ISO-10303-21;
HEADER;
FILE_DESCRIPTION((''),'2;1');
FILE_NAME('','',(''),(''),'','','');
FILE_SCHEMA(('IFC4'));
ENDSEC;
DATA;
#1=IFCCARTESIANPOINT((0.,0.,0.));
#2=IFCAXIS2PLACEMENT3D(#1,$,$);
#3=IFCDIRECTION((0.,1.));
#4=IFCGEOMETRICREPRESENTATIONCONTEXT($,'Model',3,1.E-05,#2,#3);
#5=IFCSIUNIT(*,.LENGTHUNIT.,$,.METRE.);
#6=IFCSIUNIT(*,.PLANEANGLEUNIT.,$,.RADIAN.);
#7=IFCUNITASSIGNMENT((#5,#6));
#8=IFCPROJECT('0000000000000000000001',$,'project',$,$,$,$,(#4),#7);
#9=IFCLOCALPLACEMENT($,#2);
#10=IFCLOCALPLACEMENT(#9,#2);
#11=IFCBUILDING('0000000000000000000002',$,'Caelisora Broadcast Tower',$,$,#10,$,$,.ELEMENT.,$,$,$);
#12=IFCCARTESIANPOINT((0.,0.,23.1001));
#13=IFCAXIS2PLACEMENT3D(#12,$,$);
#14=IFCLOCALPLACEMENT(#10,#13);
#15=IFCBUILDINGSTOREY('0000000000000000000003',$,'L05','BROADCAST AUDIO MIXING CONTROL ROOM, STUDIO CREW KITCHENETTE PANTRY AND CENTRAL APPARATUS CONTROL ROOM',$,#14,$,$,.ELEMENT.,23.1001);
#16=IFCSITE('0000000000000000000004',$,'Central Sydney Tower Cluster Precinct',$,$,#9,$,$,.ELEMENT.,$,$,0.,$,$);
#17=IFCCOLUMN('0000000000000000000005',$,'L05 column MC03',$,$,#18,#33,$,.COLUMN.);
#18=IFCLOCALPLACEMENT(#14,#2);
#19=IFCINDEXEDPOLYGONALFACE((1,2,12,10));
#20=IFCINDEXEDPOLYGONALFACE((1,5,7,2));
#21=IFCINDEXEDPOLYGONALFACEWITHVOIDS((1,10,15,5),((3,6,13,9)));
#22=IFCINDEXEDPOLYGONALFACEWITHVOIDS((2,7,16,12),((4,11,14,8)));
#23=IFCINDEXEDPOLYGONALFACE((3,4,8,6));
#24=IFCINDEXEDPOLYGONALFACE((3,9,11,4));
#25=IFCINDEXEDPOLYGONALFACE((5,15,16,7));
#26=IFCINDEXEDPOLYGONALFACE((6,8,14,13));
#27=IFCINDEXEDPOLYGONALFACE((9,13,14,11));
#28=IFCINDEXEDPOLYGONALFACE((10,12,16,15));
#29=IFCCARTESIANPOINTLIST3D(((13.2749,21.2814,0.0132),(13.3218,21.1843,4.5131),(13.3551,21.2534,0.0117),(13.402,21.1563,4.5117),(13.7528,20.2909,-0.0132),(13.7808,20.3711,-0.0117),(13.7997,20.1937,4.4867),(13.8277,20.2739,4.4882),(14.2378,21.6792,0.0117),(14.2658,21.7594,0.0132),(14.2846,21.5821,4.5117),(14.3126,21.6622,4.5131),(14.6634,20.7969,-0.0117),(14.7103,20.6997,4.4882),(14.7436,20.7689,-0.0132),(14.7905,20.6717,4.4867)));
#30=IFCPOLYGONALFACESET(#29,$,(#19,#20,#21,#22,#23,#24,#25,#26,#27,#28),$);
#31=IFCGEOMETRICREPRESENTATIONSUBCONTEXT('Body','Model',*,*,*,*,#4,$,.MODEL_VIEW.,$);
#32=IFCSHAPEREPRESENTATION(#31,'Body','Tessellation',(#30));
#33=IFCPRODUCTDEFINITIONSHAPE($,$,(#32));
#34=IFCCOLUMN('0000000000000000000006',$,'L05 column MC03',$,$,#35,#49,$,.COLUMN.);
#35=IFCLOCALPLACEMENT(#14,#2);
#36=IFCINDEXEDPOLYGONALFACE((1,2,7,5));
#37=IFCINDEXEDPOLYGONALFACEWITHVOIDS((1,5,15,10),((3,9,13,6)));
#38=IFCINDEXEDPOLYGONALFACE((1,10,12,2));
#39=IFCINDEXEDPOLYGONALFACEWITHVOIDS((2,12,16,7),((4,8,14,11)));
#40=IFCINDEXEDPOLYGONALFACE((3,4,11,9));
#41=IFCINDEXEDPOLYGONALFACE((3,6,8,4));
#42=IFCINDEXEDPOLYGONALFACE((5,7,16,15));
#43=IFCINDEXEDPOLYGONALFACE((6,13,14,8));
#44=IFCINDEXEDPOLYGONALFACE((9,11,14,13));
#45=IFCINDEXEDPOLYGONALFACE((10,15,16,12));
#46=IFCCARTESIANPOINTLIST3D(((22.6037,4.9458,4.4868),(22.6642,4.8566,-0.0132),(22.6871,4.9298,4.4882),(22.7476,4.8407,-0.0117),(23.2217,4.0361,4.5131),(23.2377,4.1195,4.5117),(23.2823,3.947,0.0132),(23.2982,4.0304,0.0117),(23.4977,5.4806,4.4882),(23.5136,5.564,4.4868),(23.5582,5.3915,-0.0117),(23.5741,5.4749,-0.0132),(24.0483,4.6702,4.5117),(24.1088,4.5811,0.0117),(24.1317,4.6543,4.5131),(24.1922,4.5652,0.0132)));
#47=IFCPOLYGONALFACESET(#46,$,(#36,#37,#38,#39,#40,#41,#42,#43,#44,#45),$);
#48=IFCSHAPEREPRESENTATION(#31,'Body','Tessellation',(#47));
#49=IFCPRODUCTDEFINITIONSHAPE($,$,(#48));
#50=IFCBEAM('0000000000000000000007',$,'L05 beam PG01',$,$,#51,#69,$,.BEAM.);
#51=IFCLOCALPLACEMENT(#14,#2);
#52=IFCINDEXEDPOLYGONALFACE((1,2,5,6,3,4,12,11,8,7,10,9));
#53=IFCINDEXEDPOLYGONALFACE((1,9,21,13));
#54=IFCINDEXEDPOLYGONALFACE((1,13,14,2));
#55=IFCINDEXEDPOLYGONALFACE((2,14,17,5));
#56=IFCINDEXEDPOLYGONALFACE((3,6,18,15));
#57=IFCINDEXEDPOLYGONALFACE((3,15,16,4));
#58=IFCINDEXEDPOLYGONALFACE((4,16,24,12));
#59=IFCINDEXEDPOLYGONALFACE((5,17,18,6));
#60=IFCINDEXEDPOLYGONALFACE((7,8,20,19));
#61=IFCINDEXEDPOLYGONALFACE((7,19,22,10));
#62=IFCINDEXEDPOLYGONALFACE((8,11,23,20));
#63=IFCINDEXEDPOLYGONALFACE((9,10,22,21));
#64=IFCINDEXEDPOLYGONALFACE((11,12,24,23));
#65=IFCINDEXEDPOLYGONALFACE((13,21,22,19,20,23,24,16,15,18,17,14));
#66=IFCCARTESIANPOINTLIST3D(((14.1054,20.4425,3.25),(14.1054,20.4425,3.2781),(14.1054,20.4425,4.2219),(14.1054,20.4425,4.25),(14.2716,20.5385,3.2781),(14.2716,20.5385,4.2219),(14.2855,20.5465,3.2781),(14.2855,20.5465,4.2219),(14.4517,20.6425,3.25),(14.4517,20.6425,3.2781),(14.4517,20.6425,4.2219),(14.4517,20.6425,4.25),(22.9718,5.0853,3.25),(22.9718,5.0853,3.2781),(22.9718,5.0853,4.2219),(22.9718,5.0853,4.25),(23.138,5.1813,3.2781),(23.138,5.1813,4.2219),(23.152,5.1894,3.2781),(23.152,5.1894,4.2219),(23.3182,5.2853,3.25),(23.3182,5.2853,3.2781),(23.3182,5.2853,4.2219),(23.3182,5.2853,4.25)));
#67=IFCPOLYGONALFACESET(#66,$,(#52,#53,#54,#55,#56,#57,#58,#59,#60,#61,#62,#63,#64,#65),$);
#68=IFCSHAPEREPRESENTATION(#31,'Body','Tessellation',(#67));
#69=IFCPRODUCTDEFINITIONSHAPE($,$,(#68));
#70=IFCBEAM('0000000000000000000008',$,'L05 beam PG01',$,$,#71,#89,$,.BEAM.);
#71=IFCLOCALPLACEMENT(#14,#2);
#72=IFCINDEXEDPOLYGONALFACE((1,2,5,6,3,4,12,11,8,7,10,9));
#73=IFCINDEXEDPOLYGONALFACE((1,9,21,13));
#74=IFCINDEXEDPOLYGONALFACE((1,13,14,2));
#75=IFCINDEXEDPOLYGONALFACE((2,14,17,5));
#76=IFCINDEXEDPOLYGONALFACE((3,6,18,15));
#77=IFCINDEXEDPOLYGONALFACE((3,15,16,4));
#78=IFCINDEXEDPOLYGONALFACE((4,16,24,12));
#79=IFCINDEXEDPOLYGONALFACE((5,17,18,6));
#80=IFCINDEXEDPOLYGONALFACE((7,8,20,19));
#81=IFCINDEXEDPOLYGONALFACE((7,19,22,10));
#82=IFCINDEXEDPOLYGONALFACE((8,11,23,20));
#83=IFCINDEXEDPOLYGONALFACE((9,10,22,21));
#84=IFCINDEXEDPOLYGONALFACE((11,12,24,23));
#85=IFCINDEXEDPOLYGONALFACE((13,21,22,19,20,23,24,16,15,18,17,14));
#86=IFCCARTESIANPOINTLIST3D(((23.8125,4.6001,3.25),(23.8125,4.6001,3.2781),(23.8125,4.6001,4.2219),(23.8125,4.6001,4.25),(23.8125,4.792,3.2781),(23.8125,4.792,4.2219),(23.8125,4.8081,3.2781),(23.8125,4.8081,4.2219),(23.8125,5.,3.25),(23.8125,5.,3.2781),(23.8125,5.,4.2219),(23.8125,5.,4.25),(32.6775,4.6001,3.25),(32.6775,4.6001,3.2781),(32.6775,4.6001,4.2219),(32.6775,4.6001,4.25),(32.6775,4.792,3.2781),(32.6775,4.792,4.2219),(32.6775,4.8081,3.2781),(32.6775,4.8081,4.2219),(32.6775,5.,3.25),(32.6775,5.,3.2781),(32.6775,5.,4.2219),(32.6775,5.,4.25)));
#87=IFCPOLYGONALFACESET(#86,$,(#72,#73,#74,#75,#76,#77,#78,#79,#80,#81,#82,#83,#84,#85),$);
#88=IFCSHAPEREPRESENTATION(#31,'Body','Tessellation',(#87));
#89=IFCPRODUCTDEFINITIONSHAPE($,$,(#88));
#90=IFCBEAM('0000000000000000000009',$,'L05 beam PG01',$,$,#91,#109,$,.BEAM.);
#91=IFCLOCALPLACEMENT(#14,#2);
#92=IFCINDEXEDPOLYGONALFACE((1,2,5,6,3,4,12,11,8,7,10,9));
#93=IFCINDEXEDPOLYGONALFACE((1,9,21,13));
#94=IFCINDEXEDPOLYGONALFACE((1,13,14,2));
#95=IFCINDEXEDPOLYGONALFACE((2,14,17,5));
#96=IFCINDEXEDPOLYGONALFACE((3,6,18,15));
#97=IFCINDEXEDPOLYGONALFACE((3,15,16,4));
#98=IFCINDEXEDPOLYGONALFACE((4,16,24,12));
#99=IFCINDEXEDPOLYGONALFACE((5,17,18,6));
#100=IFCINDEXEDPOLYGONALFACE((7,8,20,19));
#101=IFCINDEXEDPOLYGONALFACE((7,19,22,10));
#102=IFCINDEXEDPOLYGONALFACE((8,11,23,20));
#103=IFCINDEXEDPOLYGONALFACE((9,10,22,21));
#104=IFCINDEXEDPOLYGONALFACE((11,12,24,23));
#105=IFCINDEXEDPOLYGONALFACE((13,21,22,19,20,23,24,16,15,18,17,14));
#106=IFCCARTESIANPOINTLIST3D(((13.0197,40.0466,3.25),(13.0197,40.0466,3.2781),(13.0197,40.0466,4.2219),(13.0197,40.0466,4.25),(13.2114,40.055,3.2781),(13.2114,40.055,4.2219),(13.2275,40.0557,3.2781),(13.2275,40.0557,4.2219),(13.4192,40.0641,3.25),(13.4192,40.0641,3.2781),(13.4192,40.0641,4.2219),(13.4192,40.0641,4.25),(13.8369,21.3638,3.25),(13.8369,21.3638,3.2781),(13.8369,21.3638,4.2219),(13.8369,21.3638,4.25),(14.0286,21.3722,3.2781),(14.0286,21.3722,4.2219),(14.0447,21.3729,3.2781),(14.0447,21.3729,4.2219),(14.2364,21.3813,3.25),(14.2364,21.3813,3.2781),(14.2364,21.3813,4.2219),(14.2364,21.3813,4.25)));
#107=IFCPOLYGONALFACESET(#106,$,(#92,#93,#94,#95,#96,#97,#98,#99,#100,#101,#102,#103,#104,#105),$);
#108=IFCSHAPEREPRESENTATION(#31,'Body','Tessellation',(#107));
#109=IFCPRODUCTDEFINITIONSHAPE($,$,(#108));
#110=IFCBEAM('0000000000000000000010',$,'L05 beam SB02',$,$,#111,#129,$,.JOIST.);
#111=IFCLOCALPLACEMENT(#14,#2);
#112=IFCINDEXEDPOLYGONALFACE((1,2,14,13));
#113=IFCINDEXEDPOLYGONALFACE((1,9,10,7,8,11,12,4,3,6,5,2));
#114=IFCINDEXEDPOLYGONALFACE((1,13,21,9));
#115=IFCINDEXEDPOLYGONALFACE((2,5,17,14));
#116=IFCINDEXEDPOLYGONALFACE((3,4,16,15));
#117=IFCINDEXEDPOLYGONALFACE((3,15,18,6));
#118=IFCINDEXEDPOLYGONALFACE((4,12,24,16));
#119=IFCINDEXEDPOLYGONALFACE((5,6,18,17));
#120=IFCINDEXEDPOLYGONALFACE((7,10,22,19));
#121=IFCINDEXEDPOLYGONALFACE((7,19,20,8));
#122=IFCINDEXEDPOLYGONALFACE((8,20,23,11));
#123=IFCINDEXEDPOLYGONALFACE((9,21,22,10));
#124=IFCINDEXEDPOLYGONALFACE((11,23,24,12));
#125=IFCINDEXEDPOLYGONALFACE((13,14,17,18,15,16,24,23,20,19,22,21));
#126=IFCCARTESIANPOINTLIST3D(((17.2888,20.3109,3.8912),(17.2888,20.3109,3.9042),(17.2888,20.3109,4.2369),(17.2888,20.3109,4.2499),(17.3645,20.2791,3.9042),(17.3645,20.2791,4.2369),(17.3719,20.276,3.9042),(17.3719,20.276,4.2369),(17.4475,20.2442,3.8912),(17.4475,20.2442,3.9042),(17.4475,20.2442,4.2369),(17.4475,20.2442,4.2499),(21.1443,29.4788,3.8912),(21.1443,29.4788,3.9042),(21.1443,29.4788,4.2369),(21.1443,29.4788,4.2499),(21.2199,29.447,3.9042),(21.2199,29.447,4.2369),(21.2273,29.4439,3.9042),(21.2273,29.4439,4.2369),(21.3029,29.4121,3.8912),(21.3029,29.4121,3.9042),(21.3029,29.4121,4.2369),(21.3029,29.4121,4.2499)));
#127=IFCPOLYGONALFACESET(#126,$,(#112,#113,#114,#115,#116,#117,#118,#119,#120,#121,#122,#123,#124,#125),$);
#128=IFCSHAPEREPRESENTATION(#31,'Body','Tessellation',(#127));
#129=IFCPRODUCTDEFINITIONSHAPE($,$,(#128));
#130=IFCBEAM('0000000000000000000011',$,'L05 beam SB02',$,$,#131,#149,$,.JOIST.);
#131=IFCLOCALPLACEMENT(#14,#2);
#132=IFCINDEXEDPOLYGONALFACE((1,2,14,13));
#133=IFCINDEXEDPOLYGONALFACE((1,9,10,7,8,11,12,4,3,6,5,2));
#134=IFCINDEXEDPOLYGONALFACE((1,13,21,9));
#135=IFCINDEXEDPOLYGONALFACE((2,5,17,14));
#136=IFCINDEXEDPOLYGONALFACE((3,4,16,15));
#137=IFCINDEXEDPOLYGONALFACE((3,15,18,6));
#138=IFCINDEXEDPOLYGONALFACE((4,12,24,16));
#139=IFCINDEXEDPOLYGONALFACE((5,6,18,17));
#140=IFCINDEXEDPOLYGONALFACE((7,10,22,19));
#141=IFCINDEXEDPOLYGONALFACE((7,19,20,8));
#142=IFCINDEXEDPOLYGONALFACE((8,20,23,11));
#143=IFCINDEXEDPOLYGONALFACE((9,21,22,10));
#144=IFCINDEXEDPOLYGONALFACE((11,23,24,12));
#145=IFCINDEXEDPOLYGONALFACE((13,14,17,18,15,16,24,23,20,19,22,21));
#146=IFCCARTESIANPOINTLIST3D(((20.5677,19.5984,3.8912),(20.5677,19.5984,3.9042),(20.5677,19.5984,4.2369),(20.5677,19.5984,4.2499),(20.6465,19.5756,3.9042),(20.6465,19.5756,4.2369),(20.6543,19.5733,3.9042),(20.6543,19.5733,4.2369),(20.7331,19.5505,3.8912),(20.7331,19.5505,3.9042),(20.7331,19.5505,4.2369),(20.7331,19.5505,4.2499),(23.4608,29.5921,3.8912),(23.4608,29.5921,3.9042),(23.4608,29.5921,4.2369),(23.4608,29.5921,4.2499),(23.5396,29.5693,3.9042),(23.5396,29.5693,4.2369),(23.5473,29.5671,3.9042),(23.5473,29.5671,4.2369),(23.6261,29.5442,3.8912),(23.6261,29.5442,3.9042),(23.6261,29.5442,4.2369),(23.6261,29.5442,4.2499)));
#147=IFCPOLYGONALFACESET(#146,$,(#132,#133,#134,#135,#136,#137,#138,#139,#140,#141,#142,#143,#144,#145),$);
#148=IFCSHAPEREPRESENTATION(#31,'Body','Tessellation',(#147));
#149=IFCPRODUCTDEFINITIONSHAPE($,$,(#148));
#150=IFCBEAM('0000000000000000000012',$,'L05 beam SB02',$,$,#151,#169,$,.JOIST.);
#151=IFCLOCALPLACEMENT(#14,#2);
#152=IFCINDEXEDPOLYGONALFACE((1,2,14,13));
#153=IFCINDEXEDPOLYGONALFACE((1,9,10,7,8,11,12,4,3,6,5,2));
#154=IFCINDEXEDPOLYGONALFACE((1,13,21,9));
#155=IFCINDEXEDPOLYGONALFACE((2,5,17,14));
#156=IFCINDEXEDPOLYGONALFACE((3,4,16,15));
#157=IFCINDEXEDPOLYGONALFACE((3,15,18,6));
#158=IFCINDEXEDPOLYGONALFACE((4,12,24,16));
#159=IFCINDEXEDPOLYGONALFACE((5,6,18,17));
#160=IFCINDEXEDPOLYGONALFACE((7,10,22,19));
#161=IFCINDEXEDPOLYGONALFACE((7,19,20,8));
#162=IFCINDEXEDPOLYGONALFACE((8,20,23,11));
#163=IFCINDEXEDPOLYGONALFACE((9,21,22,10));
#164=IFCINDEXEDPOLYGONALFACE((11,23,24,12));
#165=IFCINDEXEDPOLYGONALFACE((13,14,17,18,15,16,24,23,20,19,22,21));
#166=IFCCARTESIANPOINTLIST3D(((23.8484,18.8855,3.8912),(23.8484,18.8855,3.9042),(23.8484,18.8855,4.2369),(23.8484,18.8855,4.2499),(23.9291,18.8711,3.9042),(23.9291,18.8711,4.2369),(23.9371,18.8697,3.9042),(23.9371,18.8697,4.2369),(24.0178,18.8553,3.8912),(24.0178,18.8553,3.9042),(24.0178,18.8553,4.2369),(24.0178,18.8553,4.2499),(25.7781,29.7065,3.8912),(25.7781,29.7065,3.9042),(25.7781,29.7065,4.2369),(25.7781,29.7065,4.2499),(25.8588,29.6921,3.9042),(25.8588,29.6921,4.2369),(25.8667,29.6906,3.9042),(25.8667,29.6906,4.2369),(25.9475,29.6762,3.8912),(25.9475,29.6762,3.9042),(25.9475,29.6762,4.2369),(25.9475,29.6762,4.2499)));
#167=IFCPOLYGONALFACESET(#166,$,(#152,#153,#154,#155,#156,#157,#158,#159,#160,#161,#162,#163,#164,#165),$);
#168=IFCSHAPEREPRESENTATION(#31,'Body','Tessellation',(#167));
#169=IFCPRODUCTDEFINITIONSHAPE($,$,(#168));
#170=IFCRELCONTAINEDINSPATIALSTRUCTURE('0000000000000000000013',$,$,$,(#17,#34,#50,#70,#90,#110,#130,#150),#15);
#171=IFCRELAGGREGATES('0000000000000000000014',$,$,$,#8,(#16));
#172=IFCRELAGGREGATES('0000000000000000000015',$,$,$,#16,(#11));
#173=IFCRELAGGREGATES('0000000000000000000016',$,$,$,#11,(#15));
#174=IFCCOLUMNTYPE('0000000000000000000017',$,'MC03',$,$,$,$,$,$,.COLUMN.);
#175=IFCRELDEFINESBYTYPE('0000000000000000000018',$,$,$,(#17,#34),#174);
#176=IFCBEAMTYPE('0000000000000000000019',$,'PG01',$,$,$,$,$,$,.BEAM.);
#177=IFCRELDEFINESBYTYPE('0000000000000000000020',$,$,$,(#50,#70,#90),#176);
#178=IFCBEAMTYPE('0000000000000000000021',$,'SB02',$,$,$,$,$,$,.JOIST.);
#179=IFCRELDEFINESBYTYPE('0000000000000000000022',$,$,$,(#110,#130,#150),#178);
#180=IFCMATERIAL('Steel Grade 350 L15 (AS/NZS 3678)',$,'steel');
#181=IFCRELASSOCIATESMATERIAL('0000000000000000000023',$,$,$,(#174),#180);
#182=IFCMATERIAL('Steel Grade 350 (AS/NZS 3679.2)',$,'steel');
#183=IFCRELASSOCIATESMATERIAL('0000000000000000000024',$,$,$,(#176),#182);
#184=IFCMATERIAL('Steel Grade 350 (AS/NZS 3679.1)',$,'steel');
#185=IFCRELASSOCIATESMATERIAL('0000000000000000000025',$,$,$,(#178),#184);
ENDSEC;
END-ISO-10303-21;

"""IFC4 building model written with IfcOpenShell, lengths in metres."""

from ifc_helpers import new_model, si_unit, direction, frame, origin, origin_2d, place, context, subcontext, project, spatial, hollow_rectangle, i_section, extrude, source, transform, mapped, material, material_profile, profile_set, type_object, type_shapes, element, save


model = new_model("IFC4")

# Units and contexts
model_context = context("Model", 3, precision=1e-05, world=origin(), true_north=direction((0.0, 1.0)))
body_context = subcontext(model_context, "Body", "Model", "MODEL_VIEW")
ifc_project = project(units=[si_unit("LENGTHUNIT", "METRE"), si_unit("PLANEANGLEUNIT", "RADIAN")], contexts=[model_context])

# Site, building, storey
site_placement = place(None, origin())
site = spatial("IfcSite", under=ifc_project, at=site_placement, Name="Central Sydney Tower Cluster Precinct", CompositionType="ELEMENT", RefElevation=0.0)
building_placement = place(site_placement, origin())
building = spatial("IfcBuilding", under=site, at=building_placement, Name="Caelisora Broadcast Tower", CompositionType="ELEMENT")
storey_placement = place(building_placement, frame((0.0, 0.0, 23.1001)))
storey = spatial("IfcBuildingStorey", under=building, at=storey_placement, Name="L05", Description="BROADCAST AUDIO MIXING CONTROL ROOM, STUDIO CREW KITCHENETTE PANTRY AND CENTRAL APPARATUS CONTROL ROOM", CompositionType="ELEMENT", Elevation=23.1001)

# Columns
ifc_material_1 = material(Name="Steel Grade 350 L15 (AS/NZS 3678)", Category="steel")
ifc_material_profile_1 = material_profile(ifc_material_1, hollow_rectangle(XDim=1.1001, YDim=1.1001, WallThickness=0.0601, at=origin_2d()), Name="Steel Grade 350 L15 (AS/NZS 3678)")
ifc_profile_set_1 = profile_set([ifc_material_profile_1], Name="Steel Grade 350 L15 (AS/NZS 3678)")
column_type = type_object("IfcColumnType", Name="MC03", PredefinedType="COLUMN", material=ifc_profile_set_1)
shared_shape_1 = source(origin(), body_context, "Body", "SweptSolid", [
    extrude(hollow_rectangle(XDim=1.1001, YDim=1.1001, WallThickness=0.0601, at=origin_2d()), origin(), (0.0, 0.0, 1.0), 4.5012),
])
type_shapes(column_type, [shared_shape_1])
for number, where, z_axis, x_axis, name in (
    (1, (14.0093, 21.0251, 0.0), (0.010414, -0.021587, 0.999713), (0.900674, 0.434496, 0.0), "L05 column MC03"),
    (2, (23.4282, 4.7109, 0.0), (-0.013451, 0.019797, 0.999714), (-0.827137, -0.562, 0.0), "L05 column MC03"),
):
    element("IfcColumn", number, at=place(storey_placement, frame(where, z_axis=z_axis, x_axis=x_axis)), inside=storey, type_object=column_type, Name=name, PredefinedType="COLUMN", context=body_context, shape_type="MappedRepresentation", body=[
        mapped(shared_shape_1, transform((0.0, 0.0, 0.0), scale=1.0)),
    ])

# Beams
ifc_material_2 = material(Name="Steel Grade 350 (AS/NZS 3679.2)", Category="steel")
ifc_material_profile_2 = material_profile(ifc_material_2, i_section(OverallWidth=0.3999, OverallDepth=1.0, WebThickness=0.0161, FlangeThickness=0.0281, at=origin_2d()), Name="Steel Grade 350 (AS/NZS 3679.2)")
ifc_profile_set_2 = profile_set([ifc_material_profile_2], Name="Steel Grade 350 (AS/NZS 3679.2)")
beam_type_1 = type_object("IfcBeamType", Name="PG01", PredefinedType="BEAM", material=ifc_profile_set_2)
shared_shape_2 = source(origin(), body_context, "Body", "SweptSolid", [
    extrude(i_section(OverallWidth=0.3999, OverallDepth=1.0, WebThickness=0.0161, FlangeThickness=0.0281, at=origin_2d()), origin(), (0.0, 0.0, 1.0), 17.7329),
])
beam_1_placement = place(storey_placement, frame((14.2786, 20.5425, 3.75), z_axis=(0.499999, -0.866026, 0.0), x_axis=(0.866026, 0.499999, 0.0)))
element("IfcBeam", 3, at=beam_1_placement, inside=storey, type_object=beam_type_1, Name="L05 beam PG01", PredefinedType="BEAM", context=body_context, shape_type="MappedRepresentation", body=[
    mapped(shared_shape_2, transform((0.0, 0.0, 0.0), scale=1.0)),
])
shared_shape_3 = source(origin(), body_context, "Body", "SweptSolid", [
    extrude(i_section(OverallWidth=0.3999, OverallDepth=1.0, WebThickness=0.0161, FlangeThickness=0.0281, at=origin_2d()), origin(), (0.0, 0.0, 1.0), 8.865),
])
beam_2_placement = place(storey_placement, frame((23.8125, 4.8, 3.75), z_axis=(1.0, 0.0, 0.0), x_axis=(0.0, 1.0, 0.0)))
element("IfcBeam", 4, at=beam_2_placement, inside=storey, type_object=beam_type_1, Name="L05 beam PG01", PredefinedType="BEAM", context=body_context, shape_type="MappedRepresentation", body=[
    mapped(shared_shape_3, transform((0.0, 0.0, 0.0), scale=1.0)),
])
shared_shape_4 = source(origin(), body_context, "Body", "SweptSolid", [
    extrude(i_section(OverallWidth=0.3999, OverallDepth=1.0, WebThickness=0.0161, FlangeThickness=0.0281, at=origin_2d()), origin(), (0.0, 0.0, 1.0), 18.7007),
])
type_shapes(beam_type_1, [shared_shape_2, shared_shape_3, shared_shape_4])
beam_3_placement = place(storey_placement, frame((14.0366, 21.3726, 3.75), z_axis=(-0.043696, 0.999045, 0.0), x_axis=(-0.999045, -0.043696, 0.0)))
element("IfcBeam", 5, at=beam_3_placement, inside=storey, type_object=beam_type_1, Name="L05 beam PG01", PredefinedType="BEAM", context=body_context, shape_type="MappedRepresentation", body=[
    mapped(shared_shape_4, transform((0.0, 0.0, 0.0), scale=1.0)),
])
ifc_material_3 = material(Name="Steel Grade 350 (AS/NZS 3679.1)", Category="steel")
ifc_material_profile_3 = material_profile(ifc_material_3, i_section(OverallWidth=0.1721, OverallDepth=0.3586, WebThickness=0.0081, FlangeThickness=0.0129, at=origin_2d()), Name="Steel Grade 350 (AS/NZS 3679.1)")
ifc_profile_set_3 = profile_set([ifc_material_profile_3], Name="Steel Grade 350 (AS/NZS 3679.1)")
beam_type_2 = type_object("IfcBeamType", Name="SB02", PredefinedType="JOIST", material=ifc_profile_set_3)
shared_shape_5 = source(origin(), body_context, "Body", "SweptSolid", [
    extrude(i_section(OverallWidth=0.1721, OverallDepth=0.3586, WebThickness=0.0081, FlangeThickness=0.0129, at=origin_2d()), origin(), (0.0, 0.0, 1.0), 9.9456),
])
beam_4_placement = place(storey_placement, frame((17.3682, 20.2776, 4.0706), z_axis=(0.387653, 0.921805, 0.0), x_axis=(-0.921805, 0.387653, 0.0)))
element("IfcBeam", 6, at=beam_4_placement, inside=storey, type_object=beam_type_2, Name="L05 beam SB02", PredefinedType="JOIST", context=body_context, shape_type="MappedRepresentation", body=[
    mapped(shared_shape_5, transform((0.0, 0.0, 0.0), scale=1.0)),
])
shared_shape_6 = source(origin(), body_context, "Body", "SweptSolid", [
    extrude(i_section(OverallWidth=0.1721, OverallDepth=0.3586, WebThickness=0.0081, FlangeThickness=0.0129, at=origin_2d()), origin(), (0.0, 0.0, 1.0), 10.4041),
])
beam_5_placement = place(storey_placement, frame((20.6504, 19.5745, 4.0706), z_axis=(0.278073, 0.96056, 0.0), x_axis=(-0.96056, 0.278073, 0.0)))
element("IfcBeam", 7, at=beam_5_placement, inside=storey, type_object=beam_type_2, Name="L05 beam SB02", PredefinedType="JOIST", context=body_context, shape_type="MappedRepresentation", body=[
    mapped(shared_shape_6, transform((0.0, 0.0, 0.0), scale=1.0)),
])
shared_shape_7 = source(origin(), body_context, "Body", "SweptSolid", [
    extrude(i_section(OverallWidth=0.1721, OverallDepth=0.3586, WebThickness=0.0081, FlangeThickness=0.0129, at=origin_2d()), origin(), (0.0, 0.0, 1.0), 10.9917),
])
type_shapes(beam_type_2, [shared_shape_5, shared_shape_6, shared_shape_7])
beam_6_placement = place(storey_placement, frame((23.9331, 18.8704, 4.0706), z_axis=(0.175558, 0.984469, 0.0), x_axis=(-0.984469, 0.175558, 0.0)))
element("IfcBeam", 8, at=beam_6_placement, inside=storey, type_object=beam_type_2, Name="L05 beam SB02", PredefinedType="JOIST", context=body_context, shape_type="MappedRepresentation", body=[
    mapped(shared_shape_7, transform((0.0, 0.0, 0.0), scale=1.0)),
])

save(model, "model.ifc")
